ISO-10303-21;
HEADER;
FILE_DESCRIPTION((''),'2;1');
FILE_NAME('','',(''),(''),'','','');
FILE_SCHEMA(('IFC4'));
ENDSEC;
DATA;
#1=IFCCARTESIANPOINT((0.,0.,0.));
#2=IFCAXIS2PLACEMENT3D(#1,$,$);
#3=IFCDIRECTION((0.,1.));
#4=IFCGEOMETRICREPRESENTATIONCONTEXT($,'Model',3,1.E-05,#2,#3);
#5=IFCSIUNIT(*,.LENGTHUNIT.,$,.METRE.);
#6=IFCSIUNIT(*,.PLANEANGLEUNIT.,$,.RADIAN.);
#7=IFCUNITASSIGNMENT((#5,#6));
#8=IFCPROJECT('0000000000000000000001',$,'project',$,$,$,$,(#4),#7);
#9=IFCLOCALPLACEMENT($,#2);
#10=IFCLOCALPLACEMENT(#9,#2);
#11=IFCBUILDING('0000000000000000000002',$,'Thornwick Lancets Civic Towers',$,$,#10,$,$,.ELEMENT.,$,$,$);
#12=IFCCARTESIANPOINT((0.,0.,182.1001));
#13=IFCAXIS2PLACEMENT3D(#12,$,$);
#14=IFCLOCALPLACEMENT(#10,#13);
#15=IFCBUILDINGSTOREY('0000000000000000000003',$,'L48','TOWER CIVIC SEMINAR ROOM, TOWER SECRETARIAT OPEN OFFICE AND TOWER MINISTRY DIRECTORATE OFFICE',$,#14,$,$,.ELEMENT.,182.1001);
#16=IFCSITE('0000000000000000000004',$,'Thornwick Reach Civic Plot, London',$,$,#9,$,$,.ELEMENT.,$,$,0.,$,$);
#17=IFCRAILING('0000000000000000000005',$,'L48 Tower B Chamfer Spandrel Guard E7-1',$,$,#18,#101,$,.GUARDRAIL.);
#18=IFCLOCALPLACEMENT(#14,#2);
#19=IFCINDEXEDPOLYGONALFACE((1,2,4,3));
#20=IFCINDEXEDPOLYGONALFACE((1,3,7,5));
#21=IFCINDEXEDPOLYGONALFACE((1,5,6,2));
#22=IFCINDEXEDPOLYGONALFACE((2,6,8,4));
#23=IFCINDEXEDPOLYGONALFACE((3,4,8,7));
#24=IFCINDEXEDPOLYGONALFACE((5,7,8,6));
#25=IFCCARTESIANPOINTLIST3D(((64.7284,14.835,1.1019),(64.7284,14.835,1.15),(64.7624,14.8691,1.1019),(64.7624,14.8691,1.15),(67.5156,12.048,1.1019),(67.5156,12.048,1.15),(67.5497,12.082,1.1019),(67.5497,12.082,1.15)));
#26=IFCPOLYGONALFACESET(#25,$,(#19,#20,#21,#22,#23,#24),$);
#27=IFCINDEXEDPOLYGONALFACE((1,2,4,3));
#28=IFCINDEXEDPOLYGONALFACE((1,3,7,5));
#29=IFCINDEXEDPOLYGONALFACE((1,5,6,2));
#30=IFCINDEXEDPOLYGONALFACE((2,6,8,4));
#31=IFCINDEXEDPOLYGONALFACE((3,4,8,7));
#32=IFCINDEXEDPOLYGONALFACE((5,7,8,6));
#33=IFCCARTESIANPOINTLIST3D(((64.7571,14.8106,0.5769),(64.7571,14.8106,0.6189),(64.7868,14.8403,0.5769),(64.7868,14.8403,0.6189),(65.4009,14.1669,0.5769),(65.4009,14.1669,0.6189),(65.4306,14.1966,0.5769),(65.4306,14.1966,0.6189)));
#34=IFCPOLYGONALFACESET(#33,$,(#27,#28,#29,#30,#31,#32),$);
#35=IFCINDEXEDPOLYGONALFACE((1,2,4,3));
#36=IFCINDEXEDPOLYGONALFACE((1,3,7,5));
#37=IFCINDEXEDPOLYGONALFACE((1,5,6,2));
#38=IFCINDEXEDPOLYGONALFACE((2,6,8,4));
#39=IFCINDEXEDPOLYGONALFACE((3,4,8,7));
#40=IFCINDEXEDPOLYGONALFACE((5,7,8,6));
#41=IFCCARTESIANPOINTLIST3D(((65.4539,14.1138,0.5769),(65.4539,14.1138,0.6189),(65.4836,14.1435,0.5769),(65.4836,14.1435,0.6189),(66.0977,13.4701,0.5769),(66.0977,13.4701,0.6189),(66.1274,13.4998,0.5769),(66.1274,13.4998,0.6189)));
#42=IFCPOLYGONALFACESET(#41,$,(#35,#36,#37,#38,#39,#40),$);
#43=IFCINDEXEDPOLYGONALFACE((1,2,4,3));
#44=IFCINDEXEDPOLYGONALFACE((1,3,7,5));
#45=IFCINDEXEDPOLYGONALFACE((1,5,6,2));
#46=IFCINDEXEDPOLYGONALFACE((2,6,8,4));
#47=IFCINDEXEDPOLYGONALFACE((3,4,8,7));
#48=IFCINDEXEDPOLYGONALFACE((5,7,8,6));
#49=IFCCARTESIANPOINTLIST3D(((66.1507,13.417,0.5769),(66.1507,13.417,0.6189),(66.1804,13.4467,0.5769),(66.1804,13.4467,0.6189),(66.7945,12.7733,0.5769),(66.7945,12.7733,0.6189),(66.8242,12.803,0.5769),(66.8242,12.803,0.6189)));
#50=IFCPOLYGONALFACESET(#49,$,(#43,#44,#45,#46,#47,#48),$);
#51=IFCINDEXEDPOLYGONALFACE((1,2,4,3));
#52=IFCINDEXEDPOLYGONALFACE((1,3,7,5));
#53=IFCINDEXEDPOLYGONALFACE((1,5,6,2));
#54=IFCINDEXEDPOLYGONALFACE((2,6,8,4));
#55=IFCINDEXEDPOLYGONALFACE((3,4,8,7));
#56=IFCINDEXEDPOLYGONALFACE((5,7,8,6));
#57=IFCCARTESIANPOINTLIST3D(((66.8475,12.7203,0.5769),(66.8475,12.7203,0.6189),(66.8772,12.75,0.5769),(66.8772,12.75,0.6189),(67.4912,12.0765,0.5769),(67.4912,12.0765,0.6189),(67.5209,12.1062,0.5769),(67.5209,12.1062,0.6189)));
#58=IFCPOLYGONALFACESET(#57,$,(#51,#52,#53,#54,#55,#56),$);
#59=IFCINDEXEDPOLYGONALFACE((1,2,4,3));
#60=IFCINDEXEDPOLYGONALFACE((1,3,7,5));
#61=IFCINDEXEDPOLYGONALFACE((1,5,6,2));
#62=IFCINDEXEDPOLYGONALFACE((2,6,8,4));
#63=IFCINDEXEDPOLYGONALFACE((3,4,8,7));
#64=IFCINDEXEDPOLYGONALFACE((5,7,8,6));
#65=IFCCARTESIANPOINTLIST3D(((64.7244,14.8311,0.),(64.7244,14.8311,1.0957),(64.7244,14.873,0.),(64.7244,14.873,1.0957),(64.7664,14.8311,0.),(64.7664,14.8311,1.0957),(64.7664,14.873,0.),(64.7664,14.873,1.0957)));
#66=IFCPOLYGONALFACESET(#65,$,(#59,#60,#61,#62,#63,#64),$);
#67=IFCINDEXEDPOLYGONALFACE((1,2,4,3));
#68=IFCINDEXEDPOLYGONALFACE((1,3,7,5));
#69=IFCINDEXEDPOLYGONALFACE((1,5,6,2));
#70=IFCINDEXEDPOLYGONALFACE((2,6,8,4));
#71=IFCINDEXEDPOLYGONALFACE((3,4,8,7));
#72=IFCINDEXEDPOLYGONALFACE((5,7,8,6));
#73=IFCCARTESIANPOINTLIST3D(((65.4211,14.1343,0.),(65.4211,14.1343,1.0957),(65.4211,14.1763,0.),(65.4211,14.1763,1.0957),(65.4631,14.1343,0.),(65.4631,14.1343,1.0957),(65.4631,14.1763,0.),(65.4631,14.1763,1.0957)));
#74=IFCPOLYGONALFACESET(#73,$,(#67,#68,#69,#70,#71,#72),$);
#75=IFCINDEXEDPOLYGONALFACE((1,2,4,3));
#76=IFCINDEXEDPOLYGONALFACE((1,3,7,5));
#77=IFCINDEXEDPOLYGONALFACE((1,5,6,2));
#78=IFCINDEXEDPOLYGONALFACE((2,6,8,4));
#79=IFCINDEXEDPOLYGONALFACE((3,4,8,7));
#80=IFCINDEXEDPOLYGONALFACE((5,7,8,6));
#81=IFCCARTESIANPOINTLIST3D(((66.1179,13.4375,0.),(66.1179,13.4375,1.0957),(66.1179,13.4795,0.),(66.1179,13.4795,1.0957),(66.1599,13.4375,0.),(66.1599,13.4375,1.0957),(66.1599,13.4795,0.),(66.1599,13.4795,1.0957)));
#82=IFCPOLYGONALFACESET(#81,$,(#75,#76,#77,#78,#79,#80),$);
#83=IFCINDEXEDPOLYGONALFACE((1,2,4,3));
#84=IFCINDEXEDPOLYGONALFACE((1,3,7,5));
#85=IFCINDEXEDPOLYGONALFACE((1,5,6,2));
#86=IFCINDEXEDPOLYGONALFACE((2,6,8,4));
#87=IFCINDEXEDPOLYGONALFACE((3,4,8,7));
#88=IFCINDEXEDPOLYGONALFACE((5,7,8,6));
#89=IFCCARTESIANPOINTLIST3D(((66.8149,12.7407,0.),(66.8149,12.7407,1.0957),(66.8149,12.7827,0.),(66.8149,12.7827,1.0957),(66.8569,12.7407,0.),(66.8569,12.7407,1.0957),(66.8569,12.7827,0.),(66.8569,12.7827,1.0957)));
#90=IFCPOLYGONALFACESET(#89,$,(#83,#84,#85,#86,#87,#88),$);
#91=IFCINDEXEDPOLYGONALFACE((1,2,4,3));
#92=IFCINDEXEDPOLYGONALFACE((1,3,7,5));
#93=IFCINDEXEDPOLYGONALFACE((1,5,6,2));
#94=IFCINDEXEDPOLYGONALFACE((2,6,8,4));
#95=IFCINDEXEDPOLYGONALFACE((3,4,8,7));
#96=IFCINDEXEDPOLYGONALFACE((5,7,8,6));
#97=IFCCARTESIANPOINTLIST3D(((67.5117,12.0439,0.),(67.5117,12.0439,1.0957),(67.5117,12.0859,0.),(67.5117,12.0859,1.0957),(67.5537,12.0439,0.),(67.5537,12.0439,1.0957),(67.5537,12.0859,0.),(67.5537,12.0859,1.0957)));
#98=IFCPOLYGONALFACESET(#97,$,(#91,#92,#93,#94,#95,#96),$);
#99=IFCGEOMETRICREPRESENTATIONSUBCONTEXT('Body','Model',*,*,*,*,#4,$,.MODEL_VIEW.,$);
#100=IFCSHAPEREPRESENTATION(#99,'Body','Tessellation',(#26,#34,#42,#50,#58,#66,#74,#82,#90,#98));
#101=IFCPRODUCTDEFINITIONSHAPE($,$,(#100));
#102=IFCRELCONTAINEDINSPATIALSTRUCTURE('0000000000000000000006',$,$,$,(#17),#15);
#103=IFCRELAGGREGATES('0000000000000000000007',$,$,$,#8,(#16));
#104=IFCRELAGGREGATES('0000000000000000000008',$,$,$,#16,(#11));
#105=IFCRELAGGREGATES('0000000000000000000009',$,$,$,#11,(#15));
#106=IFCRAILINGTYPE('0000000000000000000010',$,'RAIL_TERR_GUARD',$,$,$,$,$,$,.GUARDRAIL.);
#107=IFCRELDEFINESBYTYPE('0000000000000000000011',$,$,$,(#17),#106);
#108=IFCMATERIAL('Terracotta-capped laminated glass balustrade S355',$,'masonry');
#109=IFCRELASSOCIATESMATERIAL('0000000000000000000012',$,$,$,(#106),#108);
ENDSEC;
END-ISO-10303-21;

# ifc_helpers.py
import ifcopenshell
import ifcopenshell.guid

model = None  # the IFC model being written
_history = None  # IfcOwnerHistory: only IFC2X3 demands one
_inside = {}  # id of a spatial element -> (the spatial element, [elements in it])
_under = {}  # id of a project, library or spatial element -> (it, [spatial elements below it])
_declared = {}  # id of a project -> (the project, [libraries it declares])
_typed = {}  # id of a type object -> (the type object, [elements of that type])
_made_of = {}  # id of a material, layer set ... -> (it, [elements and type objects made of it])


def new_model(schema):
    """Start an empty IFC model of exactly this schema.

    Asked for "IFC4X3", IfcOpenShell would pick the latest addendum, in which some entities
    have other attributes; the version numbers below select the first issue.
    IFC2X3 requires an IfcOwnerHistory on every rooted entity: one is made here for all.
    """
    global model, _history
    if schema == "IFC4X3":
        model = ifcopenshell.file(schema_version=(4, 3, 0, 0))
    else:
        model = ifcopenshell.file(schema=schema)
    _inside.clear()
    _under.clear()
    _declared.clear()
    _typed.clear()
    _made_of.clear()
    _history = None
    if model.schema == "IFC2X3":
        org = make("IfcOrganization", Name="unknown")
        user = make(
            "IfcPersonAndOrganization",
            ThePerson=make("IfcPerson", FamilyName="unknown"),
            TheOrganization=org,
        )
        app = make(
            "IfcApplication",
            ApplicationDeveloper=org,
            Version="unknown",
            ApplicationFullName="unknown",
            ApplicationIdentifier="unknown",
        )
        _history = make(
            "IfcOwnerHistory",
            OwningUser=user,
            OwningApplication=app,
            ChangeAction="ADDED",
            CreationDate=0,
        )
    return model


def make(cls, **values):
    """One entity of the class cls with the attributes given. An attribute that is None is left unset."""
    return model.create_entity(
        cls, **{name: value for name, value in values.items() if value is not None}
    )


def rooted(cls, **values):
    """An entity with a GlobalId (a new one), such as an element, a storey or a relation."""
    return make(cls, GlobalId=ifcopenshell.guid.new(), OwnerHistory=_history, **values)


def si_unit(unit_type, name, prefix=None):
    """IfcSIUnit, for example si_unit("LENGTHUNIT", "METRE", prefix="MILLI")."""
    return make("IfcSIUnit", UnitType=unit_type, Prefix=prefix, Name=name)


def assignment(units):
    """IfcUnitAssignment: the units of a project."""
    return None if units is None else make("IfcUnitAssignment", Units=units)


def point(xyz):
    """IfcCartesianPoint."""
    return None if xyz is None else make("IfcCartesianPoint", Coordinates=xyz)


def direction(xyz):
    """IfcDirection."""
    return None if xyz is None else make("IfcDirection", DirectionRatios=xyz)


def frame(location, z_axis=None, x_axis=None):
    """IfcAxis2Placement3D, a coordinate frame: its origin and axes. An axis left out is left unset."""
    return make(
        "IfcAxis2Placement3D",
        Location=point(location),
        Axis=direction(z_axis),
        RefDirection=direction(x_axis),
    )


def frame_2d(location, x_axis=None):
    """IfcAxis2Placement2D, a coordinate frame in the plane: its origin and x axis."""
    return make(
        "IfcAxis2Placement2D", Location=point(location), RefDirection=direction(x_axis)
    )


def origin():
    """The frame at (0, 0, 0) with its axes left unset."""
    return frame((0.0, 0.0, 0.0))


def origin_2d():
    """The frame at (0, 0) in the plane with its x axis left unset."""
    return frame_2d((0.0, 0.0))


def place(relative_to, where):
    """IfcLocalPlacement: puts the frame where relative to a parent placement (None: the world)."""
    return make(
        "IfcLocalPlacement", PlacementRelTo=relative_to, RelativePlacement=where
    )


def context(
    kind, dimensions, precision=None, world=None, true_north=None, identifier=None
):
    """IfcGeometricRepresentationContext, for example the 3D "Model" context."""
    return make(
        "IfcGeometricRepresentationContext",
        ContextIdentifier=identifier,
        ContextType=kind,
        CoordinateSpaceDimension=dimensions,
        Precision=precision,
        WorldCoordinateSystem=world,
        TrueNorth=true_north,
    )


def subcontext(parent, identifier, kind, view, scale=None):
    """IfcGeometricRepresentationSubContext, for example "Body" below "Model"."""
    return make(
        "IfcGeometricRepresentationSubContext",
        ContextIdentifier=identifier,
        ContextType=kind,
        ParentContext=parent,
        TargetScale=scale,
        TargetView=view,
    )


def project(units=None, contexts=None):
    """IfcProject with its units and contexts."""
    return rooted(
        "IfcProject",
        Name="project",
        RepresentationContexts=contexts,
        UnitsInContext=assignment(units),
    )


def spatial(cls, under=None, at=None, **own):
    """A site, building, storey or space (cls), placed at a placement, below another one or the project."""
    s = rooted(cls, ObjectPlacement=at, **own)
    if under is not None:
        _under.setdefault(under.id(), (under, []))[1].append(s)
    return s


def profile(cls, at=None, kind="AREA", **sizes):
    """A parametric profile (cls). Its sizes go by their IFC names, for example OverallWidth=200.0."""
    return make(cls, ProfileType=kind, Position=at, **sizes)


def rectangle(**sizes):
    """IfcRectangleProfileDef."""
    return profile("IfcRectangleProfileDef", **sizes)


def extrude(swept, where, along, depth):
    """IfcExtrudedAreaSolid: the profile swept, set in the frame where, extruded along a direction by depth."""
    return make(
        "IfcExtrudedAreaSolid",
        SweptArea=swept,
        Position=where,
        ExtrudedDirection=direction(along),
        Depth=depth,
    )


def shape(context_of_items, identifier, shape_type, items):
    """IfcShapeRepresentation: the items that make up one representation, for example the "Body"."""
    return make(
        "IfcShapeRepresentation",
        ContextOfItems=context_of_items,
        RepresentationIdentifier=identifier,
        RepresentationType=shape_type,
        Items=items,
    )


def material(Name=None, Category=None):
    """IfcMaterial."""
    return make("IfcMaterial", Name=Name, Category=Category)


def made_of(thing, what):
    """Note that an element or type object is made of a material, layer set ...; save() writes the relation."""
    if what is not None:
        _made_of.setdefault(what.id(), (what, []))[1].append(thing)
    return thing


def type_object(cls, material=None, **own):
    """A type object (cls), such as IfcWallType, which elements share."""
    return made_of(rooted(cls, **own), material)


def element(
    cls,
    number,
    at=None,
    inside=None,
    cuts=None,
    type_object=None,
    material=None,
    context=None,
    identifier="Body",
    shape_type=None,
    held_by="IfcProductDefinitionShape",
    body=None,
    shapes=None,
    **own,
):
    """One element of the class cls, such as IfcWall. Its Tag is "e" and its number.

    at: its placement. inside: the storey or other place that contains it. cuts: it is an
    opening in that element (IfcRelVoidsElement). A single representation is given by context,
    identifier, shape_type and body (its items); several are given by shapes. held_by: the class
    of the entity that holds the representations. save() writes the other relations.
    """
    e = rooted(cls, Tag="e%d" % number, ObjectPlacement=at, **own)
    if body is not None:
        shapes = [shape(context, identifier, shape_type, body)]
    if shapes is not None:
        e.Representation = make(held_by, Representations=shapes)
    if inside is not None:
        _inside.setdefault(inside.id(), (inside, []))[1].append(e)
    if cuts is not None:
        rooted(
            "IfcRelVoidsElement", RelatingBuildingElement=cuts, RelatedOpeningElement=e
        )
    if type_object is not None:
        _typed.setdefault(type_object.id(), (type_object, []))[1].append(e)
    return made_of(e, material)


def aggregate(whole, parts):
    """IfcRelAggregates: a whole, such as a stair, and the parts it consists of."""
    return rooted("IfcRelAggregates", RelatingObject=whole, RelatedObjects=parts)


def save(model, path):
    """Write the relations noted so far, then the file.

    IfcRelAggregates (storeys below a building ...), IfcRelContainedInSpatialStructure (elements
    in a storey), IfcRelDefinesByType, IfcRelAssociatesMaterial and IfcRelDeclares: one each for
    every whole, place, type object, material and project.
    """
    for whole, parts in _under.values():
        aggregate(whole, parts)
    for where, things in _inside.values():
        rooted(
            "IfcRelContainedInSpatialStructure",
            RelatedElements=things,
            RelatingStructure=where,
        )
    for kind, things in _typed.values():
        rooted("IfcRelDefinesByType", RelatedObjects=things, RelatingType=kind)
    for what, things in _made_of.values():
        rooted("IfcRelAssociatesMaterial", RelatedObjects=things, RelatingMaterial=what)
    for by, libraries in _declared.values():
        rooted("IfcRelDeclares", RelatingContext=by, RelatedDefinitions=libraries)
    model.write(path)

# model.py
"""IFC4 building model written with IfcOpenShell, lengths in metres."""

from ifc_helpers import new_model, si_unit, direction, frame, origin, origin_2d, place, context, subcontext, project, spatial, rectangle, extrude, material, type_object, element, save


model = new_model("IFC4")

# Units and contexts
model_context = context("Model", 3, precision=1e-05, world=origin(), true_north=direction((0.0, 1.0)))
body_context = subcontext(model_context, "Body", "Model", "MODEL_VIEW")
ifc_project = project(units=[si_unit("LENGTHUNIT", "METRE"), si_unit("PLANEANGLEUNIT", "RADIAN")], contexts=[model_context])

# Site, building, storey
site_placement = place(None, origin())
site = spatial("IfcSite", under=ifc_project, at=site_placement, Name="Thornwick Reach Civic Plot, London", CompositionType="ELEMENT", RefElevation=0.0)
building_placement = place(site_placement, origin())
building = spatial("IfcBuilding", under=site, at=building_placement, Name="Thornwick Lancets Civic Towers", CompositionType="ELEMENT")
storey_placement = place(building_placement, frame((0.0, 0.0, 182.1001)))
storey = spatial("IfcBuildingStorey", under=building, at=storey_placement, Name="L48", Description="TOWER CIVIC SEMINAR ROOM, TOWER SECRETARIAT OPEN OFFICE AND TOWER MINISTRY DIRECTORATE OFFICE", CompositionType="ELEMENT", Elevation=182.1001)

# Railing
ifc_material_1 = material(Name="Terracotta-capped laminated glass balustrade S355", Category="masonry")
railing_type = type_object("IfcRailingType", Name="RAIL_TERR_GUARD", PredefinedType="GUARDRAIL", material=ifc_material_1)
railing_placement = place(storey_placement, frame((64.7454, 14.8521, 0.0)))
element("IfcRailing", 1, at=railing_placement, inside=storey, type_object=railing_type, Name="L48 Tower B Chamfer Spandrel Guard E7-1", PredefinedType="GUARDRAIL", context=body_context, shape_type="SweptSolid", body=[
    extrude(rectangle(XDim=0.0481, YDim=0.0481, at=origin_2d()), frame((0.0, 0.0, 1.126), z_axis=(0.707138, -0.707076, 0.0), x_axis=(0.707076, 0.707138, 0.0)), (0.0, 0.0, 1.0), 3.9417),
    extrude(rectangle(XDim=0.042, YDim=0.042, at=origin_2d()), frame((0.0266, -0.0266, 0.5979), z_axis=(0.707138, -0.707076, 0.0), x_axis=(0.707076, 0.707138, 0.0)), (0.0, 0.0, 1.0), 0.9104),
    extrude(rectangle(XDim=0.042, YDim=0.042, at=origin_2d()), frame((0.7234, -0.7234, 0.5979), z_axis=(0.707138, -0.707076, 0.0), x_axis=(0.707076, 0.707138, 0.0)), (0.0, 0.0, 1.0), 0.9104),
    extrude(rectangle(XDim=0.042, YDim=0.042, at=origin_2d()), frame((1.4202, -1.4202, 0.5979), z_axis=(0.707138, -0.707076, 0.0), x_axis=(0.707076, 0.707138, 0.0)), (0.0, 0.0, 1.0), 0.9104),
    extrude(rectangle(XDim=0.042, YDim=0.042, at=origin_2d()), frame((2.1169, -2.1169, 0.5979), z_axis=(0.707138, -0.707076, 0.0), x_axis=(0.707076, 0.707138, 0.0)), (0.0, 0.0, 1.0), 0.9104),
    extrude(rectangle(XDim=0.042, YDim=0.042, at=origin_2d()), origin(), (0.0, 0.0, 1.0), 1.0957),
    extrude(rectangle(XDim=0.042, YDim=0.042, at=origin_2d()), frame((0.6968, -0.6968, 0.0)), (0.0, 0.0, 1.0), 1.0957),
    extrude(rectangle(XDim=0.042, YDim=0.042, at=origin_2d()), frame((1.3936, -1.3936, 0.0)), (0.0, 0.0, 1.0), 1.0957),
    extrude(rectangle(XDim=0.042, YDim=0.042, at=origin_2d()), frame((2.0906, -2.0903, 0.0)), (0.0, 0.0, 1.0), 1.0957),
    extrude(rectangle(XDim=0.042, YDim=0.042, at=origin_2d()), frame((2.7874, -2.7871, 0.0)), (0.0, 0.0, 1.0), 1.0957),
])

save(model, "model.ifc")
